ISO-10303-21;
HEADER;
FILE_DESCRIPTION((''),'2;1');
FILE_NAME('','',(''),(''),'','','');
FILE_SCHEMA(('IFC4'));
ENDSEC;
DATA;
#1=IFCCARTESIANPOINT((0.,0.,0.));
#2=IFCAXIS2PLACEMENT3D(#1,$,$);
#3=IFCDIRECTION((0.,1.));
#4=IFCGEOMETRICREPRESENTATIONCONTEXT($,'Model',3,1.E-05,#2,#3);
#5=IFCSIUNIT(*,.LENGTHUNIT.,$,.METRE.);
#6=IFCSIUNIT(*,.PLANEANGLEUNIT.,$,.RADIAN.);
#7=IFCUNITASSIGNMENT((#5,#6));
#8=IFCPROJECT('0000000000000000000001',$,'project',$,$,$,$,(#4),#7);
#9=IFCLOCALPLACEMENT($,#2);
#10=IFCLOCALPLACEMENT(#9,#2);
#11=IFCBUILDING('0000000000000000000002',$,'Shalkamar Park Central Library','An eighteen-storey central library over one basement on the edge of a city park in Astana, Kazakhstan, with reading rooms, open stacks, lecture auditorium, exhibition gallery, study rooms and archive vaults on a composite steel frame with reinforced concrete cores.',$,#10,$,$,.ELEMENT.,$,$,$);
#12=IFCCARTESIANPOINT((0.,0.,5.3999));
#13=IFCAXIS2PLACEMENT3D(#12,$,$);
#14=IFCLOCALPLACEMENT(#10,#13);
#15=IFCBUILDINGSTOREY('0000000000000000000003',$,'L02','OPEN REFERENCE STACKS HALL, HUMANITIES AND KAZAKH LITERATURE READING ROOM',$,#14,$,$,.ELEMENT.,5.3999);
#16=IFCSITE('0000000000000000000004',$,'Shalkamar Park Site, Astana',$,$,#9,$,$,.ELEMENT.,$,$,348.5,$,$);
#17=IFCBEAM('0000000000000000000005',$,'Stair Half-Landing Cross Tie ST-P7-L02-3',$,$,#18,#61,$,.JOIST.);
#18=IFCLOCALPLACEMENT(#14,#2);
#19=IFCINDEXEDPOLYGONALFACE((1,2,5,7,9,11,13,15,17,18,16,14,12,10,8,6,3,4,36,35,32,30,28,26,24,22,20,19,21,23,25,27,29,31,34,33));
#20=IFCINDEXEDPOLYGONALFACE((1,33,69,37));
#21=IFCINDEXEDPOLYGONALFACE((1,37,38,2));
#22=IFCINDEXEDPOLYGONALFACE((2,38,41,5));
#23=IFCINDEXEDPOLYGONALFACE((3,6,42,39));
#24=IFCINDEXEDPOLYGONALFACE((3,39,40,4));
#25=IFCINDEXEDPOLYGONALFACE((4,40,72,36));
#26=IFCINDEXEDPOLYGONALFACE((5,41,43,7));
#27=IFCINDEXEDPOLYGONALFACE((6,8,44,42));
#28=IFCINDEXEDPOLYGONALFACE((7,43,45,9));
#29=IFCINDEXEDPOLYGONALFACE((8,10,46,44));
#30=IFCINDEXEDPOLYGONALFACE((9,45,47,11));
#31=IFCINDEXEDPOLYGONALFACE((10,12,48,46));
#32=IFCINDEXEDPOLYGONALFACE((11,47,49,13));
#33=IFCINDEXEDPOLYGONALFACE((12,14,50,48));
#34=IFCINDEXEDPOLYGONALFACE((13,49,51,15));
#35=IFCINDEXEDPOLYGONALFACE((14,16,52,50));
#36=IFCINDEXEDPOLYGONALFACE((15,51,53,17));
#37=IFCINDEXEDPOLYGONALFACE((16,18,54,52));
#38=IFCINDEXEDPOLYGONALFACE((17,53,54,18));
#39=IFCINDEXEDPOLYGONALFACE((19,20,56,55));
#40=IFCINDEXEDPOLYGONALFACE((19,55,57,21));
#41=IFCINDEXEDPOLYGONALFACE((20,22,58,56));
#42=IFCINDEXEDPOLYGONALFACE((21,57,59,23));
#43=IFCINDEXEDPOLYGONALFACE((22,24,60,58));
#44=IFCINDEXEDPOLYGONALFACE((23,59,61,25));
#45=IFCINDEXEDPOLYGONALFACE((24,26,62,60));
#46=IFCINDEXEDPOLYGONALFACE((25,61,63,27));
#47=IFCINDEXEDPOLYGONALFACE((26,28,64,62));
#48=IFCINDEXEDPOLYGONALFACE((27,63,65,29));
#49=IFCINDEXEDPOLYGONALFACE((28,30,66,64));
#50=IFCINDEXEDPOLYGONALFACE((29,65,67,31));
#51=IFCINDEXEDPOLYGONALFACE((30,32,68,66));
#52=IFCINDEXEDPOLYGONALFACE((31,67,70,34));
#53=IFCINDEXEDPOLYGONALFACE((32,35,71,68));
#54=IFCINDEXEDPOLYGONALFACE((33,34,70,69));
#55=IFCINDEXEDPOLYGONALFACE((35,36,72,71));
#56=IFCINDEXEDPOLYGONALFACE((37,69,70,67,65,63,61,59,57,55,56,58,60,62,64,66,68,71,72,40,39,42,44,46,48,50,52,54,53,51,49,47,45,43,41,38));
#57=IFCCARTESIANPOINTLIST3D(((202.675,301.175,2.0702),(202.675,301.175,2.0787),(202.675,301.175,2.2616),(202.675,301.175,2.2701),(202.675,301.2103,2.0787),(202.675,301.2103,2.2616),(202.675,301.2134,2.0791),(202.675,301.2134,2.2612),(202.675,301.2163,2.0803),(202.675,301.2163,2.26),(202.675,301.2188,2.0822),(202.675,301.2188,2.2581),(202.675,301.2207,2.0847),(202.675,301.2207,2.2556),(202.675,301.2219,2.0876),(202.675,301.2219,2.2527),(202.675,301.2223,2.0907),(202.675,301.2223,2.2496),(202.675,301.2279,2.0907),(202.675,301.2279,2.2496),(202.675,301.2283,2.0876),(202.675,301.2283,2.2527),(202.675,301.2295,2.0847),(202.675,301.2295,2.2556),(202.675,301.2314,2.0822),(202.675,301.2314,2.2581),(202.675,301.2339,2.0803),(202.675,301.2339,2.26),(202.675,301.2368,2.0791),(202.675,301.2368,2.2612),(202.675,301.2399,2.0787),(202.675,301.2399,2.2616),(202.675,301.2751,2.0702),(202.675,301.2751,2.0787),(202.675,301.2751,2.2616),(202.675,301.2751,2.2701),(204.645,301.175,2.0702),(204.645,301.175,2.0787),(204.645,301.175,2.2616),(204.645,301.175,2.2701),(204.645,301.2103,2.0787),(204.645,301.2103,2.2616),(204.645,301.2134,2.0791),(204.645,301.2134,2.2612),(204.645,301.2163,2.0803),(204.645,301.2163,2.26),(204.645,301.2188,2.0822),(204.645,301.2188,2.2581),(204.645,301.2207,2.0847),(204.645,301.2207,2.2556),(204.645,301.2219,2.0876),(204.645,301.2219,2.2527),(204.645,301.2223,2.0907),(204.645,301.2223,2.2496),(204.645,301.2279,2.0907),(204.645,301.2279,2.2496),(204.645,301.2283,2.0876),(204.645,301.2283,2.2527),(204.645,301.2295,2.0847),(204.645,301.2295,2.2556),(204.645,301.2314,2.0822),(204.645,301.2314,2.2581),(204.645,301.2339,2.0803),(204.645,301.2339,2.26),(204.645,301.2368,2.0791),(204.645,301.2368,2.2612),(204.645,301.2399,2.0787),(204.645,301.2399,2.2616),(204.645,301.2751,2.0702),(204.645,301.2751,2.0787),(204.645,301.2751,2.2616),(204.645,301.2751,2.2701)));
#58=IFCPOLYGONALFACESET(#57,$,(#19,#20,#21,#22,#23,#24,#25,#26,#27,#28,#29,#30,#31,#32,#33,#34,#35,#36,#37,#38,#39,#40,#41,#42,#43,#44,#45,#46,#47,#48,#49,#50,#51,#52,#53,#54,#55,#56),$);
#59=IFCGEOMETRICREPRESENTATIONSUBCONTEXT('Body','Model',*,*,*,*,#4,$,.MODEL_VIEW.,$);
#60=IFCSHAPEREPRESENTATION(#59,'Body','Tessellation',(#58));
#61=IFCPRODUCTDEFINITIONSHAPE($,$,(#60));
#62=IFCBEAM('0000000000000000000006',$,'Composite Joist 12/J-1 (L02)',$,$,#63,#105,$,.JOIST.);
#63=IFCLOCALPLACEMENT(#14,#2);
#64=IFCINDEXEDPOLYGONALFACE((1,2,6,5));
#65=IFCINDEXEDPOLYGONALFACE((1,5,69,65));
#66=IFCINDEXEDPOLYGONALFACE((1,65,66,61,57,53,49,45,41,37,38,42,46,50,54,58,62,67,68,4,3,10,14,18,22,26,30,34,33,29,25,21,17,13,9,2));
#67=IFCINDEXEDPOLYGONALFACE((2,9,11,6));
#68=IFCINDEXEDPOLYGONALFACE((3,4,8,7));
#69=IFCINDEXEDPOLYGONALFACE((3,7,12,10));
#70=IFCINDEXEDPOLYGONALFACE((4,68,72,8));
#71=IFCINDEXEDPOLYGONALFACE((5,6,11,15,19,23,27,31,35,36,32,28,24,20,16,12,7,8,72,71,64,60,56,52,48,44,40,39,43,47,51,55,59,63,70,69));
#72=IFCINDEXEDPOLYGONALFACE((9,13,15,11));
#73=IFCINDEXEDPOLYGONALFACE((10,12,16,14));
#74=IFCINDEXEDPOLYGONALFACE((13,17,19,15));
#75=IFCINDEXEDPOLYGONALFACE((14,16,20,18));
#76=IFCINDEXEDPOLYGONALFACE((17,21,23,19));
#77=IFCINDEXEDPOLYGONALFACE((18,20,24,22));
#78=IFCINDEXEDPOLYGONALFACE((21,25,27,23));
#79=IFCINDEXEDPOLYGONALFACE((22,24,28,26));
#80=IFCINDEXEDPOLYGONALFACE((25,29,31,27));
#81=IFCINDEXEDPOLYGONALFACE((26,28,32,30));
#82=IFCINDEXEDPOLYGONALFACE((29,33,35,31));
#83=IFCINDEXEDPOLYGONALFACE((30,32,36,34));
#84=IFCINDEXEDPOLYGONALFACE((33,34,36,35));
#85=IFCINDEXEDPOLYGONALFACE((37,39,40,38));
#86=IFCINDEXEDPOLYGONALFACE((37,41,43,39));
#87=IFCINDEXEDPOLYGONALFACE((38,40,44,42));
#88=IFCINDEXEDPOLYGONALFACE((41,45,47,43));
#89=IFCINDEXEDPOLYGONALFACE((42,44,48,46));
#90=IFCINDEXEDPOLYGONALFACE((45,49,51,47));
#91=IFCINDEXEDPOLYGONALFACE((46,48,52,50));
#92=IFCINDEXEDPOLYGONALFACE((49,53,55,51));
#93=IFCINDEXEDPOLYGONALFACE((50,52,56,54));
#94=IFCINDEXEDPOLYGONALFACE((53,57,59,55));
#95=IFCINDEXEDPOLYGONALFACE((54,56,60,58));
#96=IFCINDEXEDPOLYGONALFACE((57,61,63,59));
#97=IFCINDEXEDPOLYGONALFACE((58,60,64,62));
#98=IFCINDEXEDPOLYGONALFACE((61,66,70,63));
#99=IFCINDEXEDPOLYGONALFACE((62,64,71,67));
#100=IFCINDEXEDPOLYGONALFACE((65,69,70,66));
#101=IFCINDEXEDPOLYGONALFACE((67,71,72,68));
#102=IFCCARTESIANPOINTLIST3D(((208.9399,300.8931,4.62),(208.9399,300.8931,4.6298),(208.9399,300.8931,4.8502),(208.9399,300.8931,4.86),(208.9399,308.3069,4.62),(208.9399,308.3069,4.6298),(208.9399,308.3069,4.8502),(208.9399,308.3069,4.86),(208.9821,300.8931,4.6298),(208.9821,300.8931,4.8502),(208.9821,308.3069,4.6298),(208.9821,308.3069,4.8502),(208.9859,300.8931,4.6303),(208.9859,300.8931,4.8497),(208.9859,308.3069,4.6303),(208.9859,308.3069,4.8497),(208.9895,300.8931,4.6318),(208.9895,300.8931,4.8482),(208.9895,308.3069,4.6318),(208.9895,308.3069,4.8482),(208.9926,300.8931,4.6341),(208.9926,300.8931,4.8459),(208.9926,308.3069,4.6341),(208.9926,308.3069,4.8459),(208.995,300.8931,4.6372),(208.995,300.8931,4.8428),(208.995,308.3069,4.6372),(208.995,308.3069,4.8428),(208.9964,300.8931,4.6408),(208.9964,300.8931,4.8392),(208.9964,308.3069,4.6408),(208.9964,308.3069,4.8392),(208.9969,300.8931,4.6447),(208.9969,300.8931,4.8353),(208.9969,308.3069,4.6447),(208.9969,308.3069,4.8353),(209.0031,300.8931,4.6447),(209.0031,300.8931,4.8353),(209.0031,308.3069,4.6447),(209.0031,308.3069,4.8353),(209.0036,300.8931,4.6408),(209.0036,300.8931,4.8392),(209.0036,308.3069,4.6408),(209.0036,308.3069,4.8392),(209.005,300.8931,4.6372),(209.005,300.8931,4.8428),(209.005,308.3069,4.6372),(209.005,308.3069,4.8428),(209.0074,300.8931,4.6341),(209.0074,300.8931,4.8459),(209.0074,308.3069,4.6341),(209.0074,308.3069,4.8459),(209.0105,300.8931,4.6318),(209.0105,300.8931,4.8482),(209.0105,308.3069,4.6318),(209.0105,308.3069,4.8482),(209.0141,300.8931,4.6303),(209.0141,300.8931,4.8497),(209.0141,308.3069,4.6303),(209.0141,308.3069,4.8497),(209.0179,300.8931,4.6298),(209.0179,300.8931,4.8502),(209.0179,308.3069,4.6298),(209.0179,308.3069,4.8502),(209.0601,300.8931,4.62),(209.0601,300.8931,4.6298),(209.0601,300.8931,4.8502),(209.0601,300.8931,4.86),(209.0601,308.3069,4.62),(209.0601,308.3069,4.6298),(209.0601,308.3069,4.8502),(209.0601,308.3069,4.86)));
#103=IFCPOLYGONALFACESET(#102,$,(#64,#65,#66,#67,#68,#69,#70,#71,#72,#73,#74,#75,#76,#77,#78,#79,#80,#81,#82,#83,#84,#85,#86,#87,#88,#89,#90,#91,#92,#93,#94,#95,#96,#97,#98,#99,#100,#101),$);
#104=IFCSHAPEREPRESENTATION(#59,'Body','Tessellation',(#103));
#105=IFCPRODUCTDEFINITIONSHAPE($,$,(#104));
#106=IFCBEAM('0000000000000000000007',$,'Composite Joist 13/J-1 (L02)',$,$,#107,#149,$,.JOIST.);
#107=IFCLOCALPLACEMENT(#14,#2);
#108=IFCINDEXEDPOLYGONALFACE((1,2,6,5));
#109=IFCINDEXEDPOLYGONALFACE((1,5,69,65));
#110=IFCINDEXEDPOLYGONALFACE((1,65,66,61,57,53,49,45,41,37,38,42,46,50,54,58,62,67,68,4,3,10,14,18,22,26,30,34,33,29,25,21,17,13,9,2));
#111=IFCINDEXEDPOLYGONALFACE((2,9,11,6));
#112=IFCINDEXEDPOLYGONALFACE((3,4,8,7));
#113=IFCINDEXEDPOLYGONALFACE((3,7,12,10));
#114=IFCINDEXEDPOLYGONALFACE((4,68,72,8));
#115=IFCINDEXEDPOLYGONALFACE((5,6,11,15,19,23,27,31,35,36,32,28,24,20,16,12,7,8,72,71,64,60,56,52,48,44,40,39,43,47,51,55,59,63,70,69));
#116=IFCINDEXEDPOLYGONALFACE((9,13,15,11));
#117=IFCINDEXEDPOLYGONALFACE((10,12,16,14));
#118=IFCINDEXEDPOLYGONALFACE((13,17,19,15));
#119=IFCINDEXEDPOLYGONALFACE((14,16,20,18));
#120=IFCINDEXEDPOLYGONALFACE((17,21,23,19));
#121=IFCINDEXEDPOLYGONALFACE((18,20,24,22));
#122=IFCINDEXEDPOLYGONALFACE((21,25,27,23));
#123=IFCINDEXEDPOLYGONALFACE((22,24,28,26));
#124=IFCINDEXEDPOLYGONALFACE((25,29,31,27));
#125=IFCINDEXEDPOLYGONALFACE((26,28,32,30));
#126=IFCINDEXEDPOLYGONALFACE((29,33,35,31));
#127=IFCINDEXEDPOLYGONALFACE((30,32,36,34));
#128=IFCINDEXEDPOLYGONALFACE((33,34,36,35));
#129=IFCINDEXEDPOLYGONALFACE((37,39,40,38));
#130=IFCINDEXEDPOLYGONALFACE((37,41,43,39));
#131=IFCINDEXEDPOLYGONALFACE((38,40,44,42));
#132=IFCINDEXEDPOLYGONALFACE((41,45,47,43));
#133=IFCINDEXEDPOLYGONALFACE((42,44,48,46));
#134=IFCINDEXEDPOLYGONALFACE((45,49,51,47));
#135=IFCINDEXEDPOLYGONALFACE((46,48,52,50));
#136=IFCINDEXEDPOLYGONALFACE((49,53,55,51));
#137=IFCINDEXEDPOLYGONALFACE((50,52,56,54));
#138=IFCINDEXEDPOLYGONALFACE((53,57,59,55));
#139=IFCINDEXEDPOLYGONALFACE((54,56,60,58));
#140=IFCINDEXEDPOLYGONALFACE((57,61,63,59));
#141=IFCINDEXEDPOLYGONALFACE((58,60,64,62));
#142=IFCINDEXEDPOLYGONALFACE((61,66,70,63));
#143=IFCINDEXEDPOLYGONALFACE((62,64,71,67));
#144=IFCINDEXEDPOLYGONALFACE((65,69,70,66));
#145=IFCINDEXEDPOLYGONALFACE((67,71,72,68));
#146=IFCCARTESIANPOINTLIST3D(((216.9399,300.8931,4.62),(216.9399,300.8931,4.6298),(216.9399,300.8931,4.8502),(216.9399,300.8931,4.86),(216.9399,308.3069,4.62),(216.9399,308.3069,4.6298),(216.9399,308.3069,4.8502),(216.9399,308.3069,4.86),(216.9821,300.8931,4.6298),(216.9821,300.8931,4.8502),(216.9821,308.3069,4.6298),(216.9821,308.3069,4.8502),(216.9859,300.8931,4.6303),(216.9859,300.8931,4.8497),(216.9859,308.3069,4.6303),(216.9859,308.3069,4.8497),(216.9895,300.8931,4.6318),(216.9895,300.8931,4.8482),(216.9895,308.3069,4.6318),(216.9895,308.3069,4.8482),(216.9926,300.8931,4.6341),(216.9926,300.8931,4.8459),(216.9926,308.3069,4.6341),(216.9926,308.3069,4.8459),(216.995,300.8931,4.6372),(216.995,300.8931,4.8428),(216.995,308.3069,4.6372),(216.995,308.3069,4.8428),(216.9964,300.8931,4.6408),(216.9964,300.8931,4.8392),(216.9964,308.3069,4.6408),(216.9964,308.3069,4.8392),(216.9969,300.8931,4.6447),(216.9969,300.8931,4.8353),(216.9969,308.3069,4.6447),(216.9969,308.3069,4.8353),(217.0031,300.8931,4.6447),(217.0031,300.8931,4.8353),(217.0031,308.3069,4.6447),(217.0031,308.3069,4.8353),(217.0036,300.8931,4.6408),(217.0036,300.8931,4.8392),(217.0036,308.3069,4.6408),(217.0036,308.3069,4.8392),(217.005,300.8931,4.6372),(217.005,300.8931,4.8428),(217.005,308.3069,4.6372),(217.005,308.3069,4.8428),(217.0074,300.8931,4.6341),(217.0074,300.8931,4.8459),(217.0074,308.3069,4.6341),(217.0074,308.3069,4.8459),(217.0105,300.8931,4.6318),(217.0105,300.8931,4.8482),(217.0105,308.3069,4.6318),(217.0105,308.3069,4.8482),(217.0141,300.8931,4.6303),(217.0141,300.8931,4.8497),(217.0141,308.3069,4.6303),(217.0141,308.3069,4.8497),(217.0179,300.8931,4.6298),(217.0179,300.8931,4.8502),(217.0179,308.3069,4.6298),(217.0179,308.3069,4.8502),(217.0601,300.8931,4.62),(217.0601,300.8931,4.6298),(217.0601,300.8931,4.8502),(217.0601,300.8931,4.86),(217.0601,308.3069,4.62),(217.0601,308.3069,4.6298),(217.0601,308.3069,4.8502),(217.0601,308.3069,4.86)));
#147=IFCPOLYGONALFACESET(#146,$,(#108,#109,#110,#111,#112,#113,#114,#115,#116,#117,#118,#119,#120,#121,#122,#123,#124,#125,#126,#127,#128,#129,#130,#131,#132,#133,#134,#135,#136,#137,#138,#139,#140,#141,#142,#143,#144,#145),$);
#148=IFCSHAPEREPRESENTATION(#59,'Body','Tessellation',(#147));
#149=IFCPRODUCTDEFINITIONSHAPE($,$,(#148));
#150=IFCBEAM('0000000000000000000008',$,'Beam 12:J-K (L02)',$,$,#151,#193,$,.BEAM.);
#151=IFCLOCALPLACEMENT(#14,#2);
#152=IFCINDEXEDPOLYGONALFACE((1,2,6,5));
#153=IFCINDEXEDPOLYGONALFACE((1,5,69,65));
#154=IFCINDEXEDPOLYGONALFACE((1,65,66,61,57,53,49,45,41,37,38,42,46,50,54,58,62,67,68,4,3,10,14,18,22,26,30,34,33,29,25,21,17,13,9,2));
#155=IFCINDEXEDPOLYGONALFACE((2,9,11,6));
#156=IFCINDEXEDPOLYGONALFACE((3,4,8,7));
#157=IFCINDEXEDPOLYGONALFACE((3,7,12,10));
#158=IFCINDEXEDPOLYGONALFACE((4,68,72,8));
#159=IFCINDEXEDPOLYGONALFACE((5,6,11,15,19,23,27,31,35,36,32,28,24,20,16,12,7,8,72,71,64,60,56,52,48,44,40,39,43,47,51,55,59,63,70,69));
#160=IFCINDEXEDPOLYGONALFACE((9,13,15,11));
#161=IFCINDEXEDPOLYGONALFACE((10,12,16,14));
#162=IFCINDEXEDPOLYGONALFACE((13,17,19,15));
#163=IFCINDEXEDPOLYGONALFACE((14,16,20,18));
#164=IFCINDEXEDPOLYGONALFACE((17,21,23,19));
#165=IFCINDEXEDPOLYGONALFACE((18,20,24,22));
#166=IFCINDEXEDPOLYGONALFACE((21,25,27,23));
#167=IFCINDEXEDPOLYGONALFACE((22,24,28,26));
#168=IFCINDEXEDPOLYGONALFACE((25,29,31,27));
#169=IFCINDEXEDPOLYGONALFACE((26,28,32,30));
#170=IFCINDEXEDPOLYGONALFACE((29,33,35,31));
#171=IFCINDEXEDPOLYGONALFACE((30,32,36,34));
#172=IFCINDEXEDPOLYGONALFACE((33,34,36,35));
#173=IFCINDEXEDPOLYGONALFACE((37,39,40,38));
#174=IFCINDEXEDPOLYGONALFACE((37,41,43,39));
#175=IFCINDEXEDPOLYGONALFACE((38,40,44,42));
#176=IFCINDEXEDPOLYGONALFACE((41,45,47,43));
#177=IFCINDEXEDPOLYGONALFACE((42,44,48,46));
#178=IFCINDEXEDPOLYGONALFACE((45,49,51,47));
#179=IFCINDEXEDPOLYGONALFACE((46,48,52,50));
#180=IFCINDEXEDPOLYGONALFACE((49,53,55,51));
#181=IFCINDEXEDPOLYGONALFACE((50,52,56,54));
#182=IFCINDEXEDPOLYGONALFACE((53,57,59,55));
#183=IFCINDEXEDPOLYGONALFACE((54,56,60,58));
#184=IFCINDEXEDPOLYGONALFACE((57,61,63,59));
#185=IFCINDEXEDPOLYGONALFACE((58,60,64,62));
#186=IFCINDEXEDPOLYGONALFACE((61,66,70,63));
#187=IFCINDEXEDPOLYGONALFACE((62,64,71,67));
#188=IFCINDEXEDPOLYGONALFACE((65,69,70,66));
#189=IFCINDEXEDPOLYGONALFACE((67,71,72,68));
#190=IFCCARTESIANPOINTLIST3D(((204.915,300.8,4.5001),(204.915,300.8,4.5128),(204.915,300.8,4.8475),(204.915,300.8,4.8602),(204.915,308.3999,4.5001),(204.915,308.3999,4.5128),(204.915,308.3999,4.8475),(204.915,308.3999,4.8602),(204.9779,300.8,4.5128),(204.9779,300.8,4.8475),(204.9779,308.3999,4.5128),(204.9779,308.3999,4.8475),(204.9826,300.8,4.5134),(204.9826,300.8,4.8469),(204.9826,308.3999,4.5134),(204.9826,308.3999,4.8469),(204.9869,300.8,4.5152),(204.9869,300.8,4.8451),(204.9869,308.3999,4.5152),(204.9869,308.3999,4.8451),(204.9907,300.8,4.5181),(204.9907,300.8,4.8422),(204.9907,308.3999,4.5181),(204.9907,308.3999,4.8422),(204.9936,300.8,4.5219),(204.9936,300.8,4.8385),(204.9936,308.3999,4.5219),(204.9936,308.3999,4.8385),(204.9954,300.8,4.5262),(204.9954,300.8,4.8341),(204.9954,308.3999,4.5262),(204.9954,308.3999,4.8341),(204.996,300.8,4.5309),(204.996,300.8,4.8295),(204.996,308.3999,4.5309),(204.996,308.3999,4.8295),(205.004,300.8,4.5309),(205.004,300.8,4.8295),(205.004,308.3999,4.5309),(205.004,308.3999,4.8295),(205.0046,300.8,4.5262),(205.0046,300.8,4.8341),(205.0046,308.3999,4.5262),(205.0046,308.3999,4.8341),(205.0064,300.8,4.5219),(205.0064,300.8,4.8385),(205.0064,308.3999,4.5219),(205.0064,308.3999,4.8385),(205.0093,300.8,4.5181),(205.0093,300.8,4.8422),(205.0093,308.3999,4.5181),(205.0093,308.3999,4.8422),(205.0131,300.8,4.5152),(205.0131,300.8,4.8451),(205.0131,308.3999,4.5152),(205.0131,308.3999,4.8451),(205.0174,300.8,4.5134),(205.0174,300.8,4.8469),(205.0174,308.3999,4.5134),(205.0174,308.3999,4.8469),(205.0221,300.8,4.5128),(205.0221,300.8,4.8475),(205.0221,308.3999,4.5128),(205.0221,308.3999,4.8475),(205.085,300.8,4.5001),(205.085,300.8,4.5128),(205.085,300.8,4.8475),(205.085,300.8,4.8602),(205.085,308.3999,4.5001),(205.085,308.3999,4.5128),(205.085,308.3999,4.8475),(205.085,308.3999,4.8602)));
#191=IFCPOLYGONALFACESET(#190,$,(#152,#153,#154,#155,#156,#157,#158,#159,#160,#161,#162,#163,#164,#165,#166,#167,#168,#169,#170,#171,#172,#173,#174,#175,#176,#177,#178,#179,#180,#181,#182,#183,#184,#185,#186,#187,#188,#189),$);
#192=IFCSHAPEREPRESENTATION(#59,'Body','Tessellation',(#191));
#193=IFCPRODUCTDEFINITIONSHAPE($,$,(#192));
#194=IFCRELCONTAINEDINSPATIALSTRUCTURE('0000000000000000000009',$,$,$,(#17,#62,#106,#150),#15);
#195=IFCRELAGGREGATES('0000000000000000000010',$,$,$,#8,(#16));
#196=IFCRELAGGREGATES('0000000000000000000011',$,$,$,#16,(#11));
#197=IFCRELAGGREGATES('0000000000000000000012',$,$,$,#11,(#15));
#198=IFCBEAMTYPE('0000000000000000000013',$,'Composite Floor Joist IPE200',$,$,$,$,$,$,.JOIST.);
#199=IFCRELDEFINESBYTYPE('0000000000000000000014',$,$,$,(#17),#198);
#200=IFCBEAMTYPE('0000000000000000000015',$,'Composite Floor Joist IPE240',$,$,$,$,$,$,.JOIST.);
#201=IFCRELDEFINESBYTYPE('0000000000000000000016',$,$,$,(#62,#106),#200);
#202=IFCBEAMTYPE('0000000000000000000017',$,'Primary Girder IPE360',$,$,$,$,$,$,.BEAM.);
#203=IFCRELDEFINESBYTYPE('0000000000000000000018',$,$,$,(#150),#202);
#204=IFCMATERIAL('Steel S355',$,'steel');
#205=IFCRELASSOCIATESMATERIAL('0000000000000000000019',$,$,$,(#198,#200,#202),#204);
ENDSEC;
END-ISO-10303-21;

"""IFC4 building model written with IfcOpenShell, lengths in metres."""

from ifc_helpers import new_model, si_unit, direction, frame, origin, origin_2d, place, context, subcontext, project, spatial, i_section, extrude, material, material_profile, profile_set, type_object, element, save


model = new_model("IFC4")

# Units and contexts
model_context = context("Model", 3, precision=1e-05, world=origin(), true_north=direction((0.0, 1.0)))
body_context = subcontext(model_context, "Body", "Model", "MODEL_VIEW")
ifc_project = project(units=[si_unit("LENGTHUNIT", "METRE"), si_unit("PLANEANGLEUNIT", "RADIAN")], contexts=[model_context])

# Site, building, storey
site_placement = place(None, origin())
site = spatial("IfcSite", under=ifc_project, at=site_placement, Name="Shalkamar Park Site, Astana", CompositionType="ELEMENT", RefElevation=348.5)
building_placement = place(site_placement, origin())
building = spatial("IfcBuilding", under=site, at=building_placement, Name="Shalkamar Park Central Library", Description="An eighteen-storey central library over one basement on the edge of a city park in Astana, Kazakhstan, with reading rooms, open stacks, lecture auditorium, exhibition gallery, study rooms and archive vaults on a composite steel frame with reinforced concrete cores.", CompositionType="ELEMENT")
storey_placement = place(building_placement, frame((0.0, 0.0, 5.3999)))
storey = spatial("IfcBuildingStorey", under=building, at=storey_placement, Name="L02", Description="OPEN REFERENCE STACKS HALL, HUMANITIES AND KAZAKH LITERATURE READING ROOM", CompositionType="ELEMENT", Elevation=5.3999)

# Shared definitions
ifc_material_1 = material(Name="Steel S355", Category="steel")

# Beams
ifc_material_profile_1 = material_profile(ifc_material_1, i_section(OverallWidth=0.1001, OverallDepth=0.2, WebThickness=0.0056, FlangeThickness=0.0085, FilletRadius=0.012, at=origin_2d()), Name="IPE 200")
ifc_profile_set_1 = profile_set([ifc_material_profile_1], Name="Steel S355")
beam_type_1 = type_object("IfcBeamType", Name="Composite Floor Joist IPE200", PredefinedType="JOIST", material=ifc_profile_set_1)
beam_1_placement = place(storey_placement, frame((202.675, 301.2251, 2.1702), z_axis=(1.0, 0.0, 0.0), x_axis=(0.0, 1.0, 0.0)))
element("IfcBeam", 1, at=beam_1_placement, inside=storey, type_object=beam_type_1, Name="Stair Half-Landing Cross Tie ST-P7-L02-3", PredefinedType="JOIST", context=body_context, shape_type="SweptSolid", body=[
    extrude(i_section(OverallWidth=0.1001, OverallDepth=0.2, WebThickness=0.0056, FlangeThickness=0.0085, FilletRadius=0.012, at=origin_2d()), origin(), (0.0, 0.0, 1.0), 1.97),
])
ifc_material_profile_2 = material_profile(ifc_material_1, i_section(OverallWidth=0.1201, OverallDepth=0.24, WebThickness=0.0061, FlangeThickness=0.0098, FilletRadius=0.0149, at=origin_2d()), Name="IPE 240")
ifc_profile_set_2 = profile_set([ifc_material_profile_2], Name="Steel S355")
beam_type_2 = type_object("IfcBeamType", Name="Composite Floor Joist IPE240", PredefinedType="JOIST", material=ifc_profile_set_2)
for number, where, z_axis, x_axis, name in (
    (2, (209.0, 300.8931, 4.74), (0.0, 1.0, 0.0), (-1.0, 0.0, 0.0), "Composite Joist 12/J-1 (L02)"),
    (3, (217.0, 300.8931, 4.74), (0.0, 1.0, 0.0), (-1.0, 0.0, 0.0), "Composite Joist 13/J-1 (L02)"),
):
    element("IfcBeam", number, at=place(storey_placement, frame(where, z_axis=z_axis, x_axis=x_axis)), inside=storey, type_object=beam_type_2, Name=name, PredefinedType="JOIST", context=body_context, shape_type="SweptSolid", body=[
        extrude(i_section(OverallWidth=0.1201, OverallDepth=0.24, WebThickness=0.0061, FlangeThickness=0.0098, FilletRadius=0.0149, at=origin_2d()), origin(), (0.0, 0.0, 1.0), 7.4138),
    ])
ifc_material_profile_3 = material_profile(ifc_material_1, i_section(OverallWidth=0.1699, OverallDepth=0.3601, WebThickness=0.0081, FlangeThickness=0.0127, FilletRadius=0.0181, at=origin_2d()), Name="IPE 360")
ifc_profile_set_3 = profile_set([ifc_material_profile_3], Name="Steel S355")
beam_type_3 = type_object("IfcBeamType", Name="Primary Girder IPE360", PredefinedType="BEAM", material=ifc_profile_set_3)
beam_2_placement = place(storey_placement, frame((205.0, 300.8, 4.6802), z_axis=(0.0, 1.0, 0.0), x_axis=(-1.0, 0.0, 0.0)))
element("IfcBeam", 4, at=beam_2_placement, inside=storey, type_object=beam_type_3, Name="Beam 12:J-K (L02)", PredefinedType="BEAM", context=body_context, shape_type="SweptSolid", body=[
    extrude(i_section(OverallWidth=0.1699, OverallDepth=0.3601, WebThickness=0.0081, FlangeThickness=0.0127, FilletRadius=0.0181, at=origin_2d()), origin(), (0.0, 0.0, 1.0), 7.5999),
])

save(model, "model.ifc")
